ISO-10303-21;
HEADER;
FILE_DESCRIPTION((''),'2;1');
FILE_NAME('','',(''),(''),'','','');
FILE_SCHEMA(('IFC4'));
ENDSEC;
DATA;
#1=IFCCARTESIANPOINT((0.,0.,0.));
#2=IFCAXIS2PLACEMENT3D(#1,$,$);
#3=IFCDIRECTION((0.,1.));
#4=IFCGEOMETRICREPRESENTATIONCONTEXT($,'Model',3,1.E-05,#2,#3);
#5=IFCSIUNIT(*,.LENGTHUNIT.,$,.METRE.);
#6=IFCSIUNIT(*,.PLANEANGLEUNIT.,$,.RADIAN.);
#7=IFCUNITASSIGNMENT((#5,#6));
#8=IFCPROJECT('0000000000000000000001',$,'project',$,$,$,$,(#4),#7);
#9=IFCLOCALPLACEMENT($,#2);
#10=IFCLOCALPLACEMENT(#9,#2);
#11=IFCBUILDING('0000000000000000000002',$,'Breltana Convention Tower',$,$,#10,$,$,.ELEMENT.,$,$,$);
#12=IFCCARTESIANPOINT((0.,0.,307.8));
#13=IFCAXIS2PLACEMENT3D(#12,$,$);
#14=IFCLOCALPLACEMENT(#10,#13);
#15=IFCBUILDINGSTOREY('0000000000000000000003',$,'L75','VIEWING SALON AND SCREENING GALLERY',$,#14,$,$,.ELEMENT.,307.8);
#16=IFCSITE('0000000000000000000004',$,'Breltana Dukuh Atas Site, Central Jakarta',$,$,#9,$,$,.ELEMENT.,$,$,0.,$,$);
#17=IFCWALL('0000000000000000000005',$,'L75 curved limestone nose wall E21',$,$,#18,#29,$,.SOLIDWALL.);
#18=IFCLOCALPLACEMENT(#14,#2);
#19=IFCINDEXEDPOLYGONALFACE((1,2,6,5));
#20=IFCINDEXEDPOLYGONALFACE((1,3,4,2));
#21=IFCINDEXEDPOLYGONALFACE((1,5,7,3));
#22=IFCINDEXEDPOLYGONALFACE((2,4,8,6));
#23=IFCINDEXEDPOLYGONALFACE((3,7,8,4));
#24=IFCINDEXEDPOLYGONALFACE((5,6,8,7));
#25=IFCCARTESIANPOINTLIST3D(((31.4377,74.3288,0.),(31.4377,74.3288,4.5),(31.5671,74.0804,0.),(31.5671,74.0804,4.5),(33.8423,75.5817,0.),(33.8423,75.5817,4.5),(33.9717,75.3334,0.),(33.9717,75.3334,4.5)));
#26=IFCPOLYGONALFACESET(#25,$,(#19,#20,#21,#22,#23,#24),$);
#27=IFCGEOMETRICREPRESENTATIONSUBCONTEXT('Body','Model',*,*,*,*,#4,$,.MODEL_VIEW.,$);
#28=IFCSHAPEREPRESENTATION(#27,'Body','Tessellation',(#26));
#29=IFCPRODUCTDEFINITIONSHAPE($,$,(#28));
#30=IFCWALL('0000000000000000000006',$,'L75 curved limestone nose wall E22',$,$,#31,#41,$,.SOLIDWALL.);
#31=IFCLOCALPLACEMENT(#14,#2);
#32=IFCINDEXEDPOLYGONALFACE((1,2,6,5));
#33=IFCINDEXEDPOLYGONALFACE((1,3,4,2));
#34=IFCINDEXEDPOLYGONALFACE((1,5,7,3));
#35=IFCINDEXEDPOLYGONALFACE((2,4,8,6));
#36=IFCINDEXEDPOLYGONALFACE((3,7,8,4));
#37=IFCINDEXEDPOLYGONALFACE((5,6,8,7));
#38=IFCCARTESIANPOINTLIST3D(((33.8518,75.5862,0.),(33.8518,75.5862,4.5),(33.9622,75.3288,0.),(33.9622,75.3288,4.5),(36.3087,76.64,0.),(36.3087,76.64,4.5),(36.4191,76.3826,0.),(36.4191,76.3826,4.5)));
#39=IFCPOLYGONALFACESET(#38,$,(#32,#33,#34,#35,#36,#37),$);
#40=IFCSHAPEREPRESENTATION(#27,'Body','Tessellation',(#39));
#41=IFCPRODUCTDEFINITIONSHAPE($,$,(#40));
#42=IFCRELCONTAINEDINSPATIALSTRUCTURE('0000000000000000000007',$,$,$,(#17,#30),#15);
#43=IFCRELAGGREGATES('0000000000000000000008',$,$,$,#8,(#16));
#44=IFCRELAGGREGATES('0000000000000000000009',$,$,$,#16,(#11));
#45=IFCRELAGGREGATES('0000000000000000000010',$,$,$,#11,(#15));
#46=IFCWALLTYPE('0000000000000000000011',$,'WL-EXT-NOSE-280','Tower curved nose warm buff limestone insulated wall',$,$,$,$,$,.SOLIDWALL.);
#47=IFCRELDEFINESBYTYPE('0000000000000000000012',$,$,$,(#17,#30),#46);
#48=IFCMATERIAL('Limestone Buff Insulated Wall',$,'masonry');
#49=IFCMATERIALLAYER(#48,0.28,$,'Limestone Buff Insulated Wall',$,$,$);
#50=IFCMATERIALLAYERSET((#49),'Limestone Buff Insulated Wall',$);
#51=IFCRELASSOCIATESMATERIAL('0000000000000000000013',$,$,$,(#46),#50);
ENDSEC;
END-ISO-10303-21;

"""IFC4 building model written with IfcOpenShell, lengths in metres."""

from ifc_helpers import new_model, si_unit, direction, frame, frame_2d, origin, place, context, subcontext, project, spatial, rectangle, extrude, source, transform, mapped, material, layer, layer_set, type_object, element, save


model = new_model("IFC4")

# Units and contexts
model_context = context("Model", 3, precision=1e-05, world=origin(), true_north=direction((0.0, 1.0)))
body_context = subcontext(model_context, "Body", "Model", "MODEL_VIEW")
ifc_project = project(units=[si_unit("LENGTHUNIT", "METRE"), si_unit("PLANEANGLEUNIT", "RADIAN")], contexts=[model_context])

# Site, building, storey
site_placement = place(None, origin())
site = spatial("IfcSite", under=ifc_project, at=site_placement, Name="Breltana Dukuh Atas Site, Central Jakarta", CompositionType="ELEMENT", RefElevation=0.0)
building_placement = place(site_placement, origin())
building = spatial("IfcBuilding", under=site, at=building_placement, Name="Breltana Convention Tower", CompositionType="ELEMENT")
storey_placement = place(building_placement, frame((0.0, 0.0, 307.8)))
storey = spatial("IfcBuildingStorey", under=building, at=storey_placement, Name="L75", Description="VIEWING SALON AND SCREENING GALLERY", CompositionType="ELEMENT", Elevation=307.8)

# Walls
ifc_material_1 = material(Name="Limestone Buff Insulated Wall", Category="masonry")
ifc_layer_1 = layer(ifc_material_1, 0.28, Name="Limestone Buff Insulated Wall")
ifc_layer_set_1 = layer_set([ifc_layer_1], Name="Limestone Buff Insulated Wall")
wall_type = type_object("IfcWallType", Name="WL-EXT-NOSE-280", Description="Tower curved nose warm buff limestone insulated wall", PredefinedType="SOLIDWALL", material=ifc_layer_set_1)
shared_shape_1 = source(origin(), body_context, "Body", "SweptSolid", [
    extrude(rectangle(XDim=2.7114, YDim=0.28, at=frame_2d((1.3557, 0.0))), origin(), (0.0, 0.0, 1.0), 4.5),
])
wall_1_placement = place(storey_placement, frame((31.5024, 74.2046, 0.0), z_axis=(0.0, 0.0, 1.0), x_axis=(0.886829, 0.462098, 0.0)))
element("IfcWall", 1, at=wall_1_placement, inside=storey, type_object=wall_type, Name="L75 curved limestone nose wall E21", PredefinedType="SOLIDWALL", context=body_context, shape_type="MappedRepresentation", body=[
    mapped(shared_shape_1, transform((0.0, 0.0, 0.0), scale=1.0)),
])
shared_shape_2 = source(origin(), body_context, "Body", "SweptSolid", [
    extrude(rectangle(XDim=2.6733, YDim=0.28, at=frame_2d((1.3367, 0.0))), origin(), (0.0, 0.0, 1.0), 4.5),
])
wall_2_placement = place(storey_placement, frame((33.907, 75.4575, 0.0), z_axis=(0.0, 0.0, 1.0), x_axis=(0.919036, 0.394173, 0.0)))
element("IfcWall", 2, at=wall_2_placement, inside=storey, type_object=wall_type, Name="L75 curved limestone nose wall E22", PredefinedType="SOLIDWALL", context=body_context, shape_type="MappedRepresentation", body=[
    mapped(shared_shape_2, transform((0.0, 0.0, 0.0), scale=1.0)),
])

save(model, "model.ifc")
